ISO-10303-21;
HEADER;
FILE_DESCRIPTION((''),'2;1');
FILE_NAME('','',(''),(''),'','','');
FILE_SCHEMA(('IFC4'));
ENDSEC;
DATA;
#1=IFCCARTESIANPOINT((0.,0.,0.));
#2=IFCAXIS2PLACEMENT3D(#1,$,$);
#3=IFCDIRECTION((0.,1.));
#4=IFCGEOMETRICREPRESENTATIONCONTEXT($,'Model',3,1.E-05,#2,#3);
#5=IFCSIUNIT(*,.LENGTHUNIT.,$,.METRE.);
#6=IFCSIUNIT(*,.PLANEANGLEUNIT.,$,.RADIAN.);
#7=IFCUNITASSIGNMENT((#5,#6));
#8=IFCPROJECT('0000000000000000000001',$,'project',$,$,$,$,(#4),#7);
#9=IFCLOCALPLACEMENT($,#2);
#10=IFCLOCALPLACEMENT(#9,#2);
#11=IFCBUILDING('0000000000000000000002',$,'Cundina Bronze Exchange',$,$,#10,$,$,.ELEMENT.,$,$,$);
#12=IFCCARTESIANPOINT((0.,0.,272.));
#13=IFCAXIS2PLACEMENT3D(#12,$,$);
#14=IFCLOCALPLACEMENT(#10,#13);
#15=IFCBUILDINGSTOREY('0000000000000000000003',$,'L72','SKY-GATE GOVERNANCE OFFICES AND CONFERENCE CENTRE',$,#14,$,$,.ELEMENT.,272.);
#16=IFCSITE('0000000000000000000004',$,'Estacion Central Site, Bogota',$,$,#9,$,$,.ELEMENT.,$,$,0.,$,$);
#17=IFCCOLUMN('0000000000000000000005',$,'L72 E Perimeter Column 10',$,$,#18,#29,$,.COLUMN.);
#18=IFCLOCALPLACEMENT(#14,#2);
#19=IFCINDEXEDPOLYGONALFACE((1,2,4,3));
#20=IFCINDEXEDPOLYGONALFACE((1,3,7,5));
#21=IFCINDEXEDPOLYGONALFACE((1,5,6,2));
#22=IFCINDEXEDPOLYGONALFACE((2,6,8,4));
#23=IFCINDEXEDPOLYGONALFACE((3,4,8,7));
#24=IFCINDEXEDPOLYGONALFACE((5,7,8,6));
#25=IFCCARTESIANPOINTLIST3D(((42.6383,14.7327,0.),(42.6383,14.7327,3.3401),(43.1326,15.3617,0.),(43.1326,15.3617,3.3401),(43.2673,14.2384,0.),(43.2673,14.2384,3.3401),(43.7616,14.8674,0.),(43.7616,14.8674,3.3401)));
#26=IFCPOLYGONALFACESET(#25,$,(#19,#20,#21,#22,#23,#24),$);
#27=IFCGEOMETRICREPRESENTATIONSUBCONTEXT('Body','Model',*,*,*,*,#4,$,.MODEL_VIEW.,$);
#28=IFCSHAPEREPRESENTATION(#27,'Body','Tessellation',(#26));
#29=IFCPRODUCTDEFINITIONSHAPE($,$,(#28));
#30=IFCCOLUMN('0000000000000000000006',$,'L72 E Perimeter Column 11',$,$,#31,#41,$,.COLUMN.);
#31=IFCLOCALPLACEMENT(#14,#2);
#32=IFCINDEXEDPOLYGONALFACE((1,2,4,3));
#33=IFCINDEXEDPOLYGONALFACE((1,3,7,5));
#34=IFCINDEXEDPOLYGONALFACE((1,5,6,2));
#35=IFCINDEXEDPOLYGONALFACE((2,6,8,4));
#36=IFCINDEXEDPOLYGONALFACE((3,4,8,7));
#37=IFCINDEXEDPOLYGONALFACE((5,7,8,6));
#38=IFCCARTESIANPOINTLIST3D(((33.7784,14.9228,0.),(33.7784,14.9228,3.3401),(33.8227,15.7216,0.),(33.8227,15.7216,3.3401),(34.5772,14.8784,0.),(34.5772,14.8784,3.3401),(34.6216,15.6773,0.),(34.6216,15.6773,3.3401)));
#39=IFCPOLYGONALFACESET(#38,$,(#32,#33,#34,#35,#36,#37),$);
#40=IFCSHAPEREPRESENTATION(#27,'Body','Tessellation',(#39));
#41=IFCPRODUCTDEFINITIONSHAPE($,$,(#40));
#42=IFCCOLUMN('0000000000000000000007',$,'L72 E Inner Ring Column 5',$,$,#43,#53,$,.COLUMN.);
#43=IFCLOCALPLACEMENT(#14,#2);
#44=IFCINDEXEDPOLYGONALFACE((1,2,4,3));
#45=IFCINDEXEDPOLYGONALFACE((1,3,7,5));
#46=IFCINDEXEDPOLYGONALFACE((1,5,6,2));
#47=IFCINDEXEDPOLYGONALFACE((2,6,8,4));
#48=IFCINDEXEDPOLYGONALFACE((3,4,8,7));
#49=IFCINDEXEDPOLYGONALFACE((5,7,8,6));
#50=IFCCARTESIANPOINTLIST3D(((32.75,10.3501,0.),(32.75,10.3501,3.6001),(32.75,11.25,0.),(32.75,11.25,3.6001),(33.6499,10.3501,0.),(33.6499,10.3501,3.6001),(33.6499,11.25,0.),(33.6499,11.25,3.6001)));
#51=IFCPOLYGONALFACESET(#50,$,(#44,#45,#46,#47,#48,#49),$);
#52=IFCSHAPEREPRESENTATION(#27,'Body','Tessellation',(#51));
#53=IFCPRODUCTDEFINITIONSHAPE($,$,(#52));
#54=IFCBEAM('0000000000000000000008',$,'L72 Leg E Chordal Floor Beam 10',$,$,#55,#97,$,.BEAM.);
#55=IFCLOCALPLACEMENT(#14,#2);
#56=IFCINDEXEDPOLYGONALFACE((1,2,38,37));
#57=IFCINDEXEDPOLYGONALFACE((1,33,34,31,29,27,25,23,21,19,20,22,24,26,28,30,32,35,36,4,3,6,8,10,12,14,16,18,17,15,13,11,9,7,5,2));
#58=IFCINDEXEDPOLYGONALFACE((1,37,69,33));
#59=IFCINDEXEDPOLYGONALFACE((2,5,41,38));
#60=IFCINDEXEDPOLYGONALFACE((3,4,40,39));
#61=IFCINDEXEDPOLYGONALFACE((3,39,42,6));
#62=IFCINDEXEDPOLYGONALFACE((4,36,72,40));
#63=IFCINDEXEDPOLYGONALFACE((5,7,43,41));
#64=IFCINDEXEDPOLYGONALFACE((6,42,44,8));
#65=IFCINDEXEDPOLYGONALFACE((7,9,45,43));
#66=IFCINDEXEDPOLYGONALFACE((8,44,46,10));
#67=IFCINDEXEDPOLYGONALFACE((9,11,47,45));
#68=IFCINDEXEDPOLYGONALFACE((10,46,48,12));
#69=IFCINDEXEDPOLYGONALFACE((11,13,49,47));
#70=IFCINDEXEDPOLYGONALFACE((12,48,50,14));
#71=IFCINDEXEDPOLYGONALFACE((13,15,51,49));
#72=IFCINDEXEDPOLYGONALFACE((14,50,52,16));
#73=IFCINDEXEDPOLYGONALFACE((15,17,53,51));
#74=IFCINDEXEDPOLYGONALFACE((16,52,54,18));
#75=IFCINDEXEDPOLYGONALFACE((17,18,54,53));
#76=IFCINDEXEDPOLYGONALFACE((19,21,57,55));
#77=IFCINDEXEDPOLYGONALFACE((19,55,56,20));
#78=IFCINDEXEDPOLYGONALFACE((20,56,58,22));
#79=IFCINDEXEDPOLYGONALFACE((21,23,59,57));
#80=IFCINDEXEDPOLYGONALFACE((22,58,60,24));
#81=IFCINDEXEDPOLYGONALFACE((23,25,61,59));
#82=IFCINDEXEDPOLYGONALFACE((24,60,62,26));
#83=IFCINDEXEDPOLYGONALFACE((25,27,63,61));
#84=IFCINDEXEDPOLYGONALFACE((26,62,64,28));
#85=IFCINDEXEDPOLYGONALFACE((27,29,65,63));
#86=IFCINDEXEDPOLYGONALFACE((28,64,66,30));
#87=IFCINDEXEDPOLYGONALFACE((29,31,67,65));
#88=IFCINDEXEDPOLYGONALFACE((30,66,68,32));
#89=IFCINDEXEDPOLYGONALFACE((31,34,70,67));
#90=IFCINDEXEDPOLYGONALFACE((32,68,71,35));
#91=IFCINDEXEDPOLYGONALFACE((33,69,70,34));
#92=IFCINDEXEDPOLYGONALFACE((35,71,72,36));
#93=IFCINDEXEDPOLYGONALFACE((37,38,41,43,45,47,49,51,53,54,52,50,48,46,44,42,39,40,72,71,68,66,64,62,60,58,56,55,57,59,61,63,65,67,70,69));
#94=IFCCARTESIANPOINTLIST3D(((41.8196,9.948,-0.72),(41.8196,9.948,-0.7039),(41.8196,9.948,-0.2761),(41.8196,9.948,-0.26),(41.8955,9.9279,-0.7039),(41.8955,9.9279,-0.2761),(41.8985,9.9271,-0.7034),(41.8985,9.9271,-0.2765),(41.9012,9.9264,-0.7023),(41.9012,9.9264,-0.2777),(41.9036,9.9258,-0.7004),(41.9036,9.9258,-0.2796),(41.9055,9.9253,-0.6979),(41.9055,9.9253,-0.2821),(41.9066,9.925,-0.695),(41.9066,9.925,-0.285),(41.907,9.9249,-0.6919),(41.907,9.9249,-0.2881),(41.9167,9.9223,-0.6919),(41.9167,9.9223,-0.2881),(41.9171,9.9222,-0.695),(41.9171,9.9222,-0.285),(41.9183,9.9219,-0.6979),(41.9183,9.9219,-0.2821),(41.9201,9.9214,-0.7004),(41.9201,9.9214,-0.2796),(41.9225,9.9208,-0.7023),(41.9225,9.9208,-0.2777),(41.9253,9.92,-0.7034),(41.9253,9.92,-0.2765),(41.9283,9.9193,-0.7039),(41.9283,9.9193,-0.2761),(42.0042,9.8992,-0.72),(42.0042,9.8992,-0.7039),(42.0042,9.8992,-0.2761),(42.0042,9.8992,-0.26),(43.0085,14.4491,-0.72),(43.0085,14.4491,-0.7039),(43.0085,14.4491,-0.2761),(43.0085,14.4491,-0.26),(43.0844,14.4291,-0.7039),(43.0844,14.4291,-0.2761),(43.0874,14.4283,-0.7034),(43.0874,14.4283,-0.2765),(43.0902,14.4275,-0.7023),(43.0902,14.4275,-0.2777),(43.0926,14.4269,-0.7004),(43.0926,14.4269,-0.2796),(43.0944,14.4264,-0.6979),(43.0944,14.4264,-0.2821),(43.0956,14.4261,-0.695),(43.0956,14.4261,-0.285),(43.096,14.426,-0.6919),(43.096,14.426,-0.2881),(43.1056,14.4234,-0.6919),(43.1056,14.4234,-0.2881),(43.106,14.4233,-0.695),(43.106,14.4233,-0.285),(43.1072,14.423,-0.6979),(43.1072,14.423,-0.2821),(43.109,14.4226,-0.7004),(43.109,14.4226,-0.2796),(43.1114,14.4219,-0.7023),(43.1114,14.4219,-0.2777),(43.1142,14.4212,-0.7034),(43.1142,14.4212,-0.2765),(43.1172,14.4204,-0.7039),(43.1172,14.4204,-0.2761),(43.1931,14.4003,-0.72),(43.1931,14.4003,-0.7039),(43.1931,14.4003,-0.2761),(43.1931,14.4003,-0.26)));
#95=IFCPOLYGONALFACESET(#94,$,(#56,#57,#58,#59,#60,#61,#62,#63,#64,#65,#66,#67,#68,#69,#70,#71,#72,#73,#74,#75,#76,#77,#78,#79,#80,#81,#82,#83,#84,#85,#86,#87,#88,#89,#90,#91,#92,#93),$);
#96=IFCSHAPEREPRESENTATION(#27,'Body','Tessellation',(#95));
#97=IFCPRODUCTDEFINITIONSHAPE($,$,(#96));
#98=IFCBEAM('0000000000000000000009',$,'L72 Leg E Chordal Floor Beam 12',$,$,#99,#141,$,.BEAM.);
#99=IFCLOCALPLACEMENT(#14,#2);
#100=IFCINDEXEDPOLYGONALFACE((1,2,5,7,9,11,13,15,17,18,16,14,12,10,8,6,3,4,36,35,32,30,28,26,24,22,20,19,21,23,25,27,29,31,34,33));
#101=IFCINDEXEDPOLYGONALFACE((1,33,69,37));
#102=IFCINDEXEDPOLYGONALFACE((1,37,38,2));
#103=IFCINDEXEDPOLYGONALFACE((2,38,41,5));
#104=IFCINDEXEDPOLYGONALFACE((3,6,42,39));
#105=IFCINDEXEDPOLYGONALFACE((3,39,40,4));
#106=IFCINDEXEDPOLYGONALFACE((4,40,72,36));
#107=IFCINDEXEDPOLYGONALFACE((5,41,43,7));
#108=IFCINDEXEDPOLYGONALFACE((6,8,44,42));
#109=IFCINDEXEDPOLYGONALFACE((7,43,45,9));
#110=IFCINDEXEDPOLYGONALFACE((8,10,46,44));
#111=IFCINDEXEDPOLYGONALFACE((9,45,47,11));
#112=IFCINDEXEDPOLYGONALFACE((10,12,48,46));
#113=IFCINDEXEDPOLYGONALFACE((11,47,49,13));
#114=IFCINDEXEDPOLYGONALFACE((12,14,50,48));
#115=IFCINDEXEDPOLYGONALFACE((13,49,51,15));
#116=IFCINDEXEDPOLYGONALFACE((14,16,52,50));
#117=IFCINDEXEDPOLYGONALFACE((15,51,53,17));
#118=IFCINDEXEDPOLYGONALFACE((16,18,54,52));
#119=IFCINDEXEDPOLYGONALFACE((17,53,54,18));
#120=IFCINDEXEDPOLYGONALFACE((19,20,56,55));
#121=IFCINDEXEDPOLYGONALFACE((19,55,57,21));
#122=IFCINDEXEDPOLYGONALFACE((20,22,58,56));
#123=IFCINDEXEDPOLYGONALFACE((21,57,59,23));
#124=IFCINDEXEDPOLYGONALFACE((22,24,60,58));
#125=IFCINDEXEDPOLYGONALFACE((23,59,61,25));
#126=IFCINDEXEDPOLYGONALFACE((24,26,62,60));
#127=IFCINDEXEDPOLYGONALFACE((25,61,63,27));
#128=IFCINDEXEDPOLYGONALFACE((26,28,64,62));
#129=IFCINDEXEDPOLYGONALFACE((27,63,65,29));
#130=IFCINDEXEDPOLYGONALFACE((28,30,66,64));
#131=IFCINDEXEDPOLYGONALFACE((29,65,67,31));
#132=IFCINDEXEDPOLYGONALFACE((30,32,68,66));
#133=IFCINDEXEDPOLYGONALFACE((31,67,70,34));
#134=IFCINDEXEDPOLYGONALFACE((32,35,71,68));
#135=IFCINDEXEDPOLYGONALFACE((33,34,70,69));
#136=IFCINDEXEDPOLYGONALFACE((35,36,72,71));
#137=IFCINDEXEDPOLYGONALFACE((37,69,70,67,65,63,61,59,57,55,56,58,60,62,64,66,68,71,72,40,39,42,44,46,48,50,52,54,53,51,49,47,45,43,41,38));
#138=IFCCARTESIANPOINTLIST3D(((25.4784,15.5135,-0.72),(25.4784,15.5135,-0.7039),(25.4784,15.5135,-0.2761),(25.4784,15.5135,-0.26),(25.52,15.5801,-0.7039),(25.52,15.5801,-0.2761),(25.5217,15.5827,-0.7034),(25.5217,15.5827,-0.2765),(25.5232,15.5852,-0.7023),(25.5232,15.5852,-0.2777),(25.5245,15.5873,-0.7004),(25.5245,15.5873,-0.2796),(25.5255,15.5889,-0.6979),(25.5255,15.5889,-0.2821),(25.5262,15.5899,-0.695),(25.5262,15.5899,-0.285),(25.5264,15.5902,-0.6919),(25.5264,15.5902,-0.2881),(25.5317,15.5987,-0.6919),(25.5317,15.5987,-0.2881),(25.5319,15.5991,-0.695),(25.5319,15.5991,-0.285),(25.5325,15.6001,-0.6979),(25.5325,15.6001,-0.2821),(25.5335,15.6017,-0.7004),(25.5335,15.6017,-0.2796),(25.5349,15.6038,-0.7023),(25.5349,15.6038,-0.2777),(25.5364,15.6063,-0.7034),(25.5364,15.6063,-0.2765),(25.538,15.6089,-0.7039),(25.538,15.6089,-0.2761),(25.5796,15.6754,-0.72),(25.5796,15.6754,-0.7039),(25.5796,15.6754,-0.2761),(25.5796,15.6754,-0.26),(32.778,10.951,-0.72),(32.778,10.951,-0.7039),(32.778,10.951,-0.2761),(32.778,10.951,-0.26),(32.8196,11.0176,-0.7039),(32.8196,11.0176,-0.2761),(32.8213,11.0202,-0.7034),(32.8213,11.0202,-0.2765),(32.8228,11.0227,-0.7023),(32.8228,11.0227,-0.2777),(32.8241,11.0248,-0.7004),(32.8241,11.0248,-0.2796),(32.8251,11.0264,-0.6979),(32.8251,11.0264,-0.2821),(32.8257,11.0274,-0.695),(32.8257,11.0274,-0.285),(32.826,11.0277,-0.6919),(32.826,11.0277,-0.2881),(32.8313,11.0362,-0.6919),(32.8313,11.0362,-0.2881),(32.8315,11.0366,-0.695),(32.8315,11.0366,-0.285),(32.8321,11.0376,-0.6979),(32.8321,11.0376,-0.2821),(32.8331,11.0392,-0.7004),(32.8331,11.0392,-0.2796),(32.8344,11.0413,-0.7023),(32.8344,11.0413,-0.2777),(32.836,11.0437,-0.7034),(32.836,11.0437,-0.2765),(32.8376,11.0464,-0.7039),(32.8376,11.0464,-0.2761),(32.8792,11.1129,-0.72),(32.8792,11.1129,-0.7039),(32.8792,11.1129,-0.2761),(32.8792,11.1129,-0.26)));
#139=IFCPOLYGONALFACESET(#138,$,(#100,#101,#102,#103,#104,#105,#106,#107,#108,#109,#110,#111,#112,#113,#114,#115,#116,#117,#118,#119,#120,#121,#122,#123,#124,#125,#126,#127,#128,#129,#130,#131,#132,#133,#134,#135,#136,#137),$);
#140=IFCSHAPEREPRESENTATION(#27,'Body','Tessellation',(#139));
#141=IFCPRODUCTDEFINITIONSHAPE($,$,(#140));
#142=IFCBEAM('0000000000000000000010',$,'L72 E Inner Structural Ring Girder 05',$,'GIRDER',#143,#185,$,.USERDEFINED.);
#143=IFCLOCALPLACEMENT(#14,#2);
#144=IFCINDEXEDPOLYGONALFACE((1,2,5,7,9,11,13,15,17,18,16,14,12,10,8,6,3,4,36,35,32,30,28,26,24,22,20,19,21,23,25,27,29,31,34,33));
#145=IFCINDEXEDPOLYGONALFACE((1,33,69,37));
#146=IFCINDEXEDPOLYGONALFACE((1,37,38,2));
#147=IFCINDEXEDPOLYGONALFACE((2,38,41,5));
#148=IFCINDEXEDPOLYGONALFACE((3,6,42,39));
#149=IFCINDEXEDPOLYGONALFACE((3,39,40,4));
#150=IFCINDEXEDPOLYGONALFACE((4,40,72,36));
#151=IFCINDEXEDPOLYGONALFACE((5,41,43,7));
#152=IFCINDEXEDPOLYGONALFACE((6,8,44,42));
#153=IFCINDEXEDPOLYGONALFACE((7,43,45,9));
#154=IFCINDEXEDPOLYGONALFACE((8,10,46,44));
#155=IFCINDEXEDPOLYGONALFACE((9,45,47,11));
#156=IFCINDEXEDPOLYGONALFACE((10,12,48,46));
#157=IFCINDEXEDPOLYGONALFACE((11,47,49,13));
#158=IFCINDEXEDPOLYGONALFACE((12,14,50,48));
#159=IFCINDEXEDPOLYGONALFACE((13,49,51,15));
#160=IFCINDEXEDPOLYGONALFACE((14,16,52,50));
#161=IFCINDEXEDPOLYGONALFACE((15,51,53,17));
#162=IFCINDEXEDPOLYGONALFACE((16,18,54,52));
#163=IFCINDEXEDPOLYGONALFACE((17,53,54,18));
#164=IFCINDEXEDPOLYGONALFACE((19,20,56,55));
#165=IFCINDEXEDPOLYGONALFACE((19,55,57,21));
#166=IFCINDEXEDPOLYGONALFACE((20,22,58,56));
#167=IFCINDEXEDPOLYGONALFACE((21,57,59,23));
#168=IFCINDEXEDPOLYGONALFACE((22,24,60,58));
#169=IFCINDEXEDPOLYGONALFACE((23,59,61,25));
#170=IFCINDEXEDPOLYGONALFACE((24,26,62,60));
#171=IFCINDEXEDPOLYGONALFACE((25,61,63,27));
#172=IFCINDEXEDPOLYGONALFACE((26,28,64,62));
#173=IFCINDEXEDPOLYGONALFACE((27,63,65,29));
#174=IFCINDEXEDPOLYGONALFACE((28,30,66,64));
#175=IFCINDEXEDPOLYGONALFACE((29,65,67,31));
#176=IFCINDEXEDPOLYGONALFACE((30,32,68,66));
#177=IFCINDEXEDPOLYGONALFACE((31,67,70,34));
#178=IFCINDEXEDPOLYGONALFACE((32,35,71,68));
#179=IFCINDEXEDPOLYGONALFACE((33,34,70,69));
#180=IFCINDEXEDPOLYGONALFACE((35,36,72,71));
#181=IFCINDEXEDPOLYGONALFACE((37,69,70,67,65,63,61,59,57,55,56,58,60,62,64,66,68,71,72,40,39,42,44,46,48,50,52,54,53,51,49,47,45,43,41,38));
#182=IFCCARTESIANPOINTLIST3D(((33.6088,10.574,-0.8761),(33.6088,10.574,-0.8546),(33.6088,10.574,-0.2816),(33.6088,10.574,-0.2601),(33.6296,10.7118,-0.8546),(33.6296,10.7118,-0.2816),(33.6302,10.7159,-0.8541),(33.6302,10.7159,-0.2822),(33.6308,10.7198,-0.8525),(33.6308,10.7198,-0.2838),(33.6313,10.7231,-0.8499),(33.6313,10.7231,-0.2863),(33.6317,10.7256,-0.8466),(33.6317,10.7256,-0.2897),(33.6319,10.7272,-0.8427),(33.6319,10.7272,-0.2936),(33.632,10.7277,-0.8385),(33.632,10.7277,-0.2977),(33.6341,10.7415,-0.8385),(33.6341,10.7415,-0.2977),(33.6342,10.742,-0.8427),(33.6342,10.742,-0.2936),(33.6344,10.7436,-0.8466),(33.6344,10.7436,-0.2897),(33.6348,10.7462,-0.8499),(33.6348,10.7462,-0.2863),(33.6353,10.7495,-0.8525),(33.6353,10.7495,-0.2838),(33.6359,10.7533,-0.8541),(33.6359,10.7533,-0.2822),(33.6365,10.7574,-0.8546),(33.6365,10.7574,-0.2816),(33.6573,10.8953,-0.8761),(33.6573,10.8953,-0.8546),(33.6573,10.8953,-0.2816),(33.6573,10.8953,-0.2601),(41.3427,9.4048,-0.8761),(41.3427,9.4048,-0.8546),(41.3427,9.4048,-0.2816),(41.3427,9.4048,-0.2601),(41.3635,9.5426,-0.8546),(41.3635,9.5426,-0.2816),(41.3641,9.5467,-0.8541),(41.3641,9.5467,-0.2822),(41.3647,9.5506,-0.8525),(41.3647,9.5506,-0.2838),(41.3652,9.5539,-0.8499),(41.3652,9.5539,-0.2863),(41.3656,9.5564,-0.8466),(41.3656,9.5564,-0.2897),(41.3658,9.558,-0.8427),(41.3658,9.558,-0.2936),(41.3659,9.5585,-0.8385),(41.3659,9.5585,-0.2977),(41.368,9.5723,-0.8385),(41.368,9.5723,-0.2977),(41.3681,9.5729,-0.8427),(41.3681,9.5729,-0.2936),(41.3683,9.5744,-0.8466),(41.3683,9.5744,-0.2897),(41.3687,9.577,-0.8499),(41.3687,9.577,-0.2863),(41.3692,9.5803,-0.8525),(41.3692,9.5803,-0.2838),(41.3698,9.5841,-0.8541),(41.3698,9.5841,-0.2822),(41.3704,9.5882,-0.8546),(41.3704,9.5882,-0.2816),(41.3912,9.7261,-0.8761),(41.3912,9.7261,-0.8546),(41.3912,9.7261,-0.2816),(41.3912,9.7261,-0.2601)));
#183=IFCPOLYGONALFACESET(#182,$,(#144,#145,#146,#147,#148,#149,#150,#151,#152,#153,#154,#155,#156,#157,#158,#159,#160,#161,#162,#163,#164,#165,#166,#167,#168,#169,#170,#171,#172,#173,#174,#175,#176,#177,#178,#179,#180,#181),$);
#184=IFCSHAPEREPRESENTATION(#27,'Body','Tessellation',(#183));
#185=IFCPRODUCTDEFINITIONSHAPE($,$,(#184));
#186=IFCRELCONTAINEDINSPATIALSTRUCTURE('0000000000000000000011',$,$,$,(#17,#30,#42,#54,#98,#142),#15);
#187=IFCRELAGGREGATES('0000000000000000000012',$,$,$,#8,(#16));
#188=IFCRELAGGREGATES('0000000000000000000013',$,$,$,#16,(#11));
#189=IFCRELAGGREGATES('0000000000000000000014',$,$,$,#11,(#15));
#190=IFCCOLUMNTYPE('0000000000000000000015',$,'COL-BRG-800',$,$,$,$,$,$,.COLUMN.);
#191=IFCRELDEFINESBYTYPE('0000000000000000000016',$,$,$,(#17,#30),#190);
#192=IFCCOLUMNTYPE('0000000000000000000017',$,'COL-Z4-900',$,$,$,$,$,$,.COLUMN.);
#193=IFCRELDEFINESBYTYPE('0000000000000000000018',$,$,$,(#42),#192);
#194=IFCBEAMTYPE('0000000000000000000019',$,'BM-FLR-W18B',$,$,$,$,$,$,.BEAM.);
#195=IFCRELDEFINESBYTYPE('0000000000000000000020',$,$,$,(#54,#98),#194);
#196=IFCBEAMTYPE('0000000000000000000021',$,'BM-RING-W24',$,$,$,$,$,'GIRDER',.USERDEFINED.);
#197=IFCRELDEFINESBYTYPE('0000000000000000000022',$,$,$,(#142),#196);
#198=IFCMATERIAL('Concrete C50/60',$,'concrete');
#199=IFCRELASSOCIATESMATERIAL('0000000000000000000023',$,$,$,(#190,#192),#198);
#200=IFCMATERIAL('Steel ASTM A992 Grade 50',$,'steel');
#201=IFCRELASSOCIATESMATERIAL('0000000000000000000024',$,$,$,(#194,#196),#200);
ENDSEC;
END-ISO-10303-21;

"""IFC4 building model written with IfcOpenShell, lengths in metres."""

from ifc_helpers import new_model, si_unit, direction, frame, origin, origin_2d, place, context, subcontext, project, spatial, rectangle, i_section, extrude, material, material_profile, profile_set, type_object, element, save


model = new_model("IFC4")

# Units and contexts
model_context = context("Model", 3, precision=1e-05, world=origin(), true_north=direction((0.0, 1.0)))
body_context = subcontext(model_context, "Body", "Model", "MODEL_VIEW")
ifc_project = project(units=[si_unit("LENGTHUNIT", "METRE"), si_unit("PLANEANGLEUNIT", "RADIAN")], contexts=[model_context])

# Site, building, storey
site_placement = place(None, origin())
site = spatial("IfcSite", under=ifc_project, at=site_placement, Name="Estacion Central Site, Bogota", CompositionType="ELEMENT", RefElevation=0.0)
building_placement = place(site_placement, origin())
building = spatial("IfcBuilding", under=site, at=building_placement, Name="Cundina Bronze Exchange", CompositionType="ELEMENT")
storey_placement = place(building_placement, frame((0.0, 0.0, 272.0)))
storey = spatial("IfcBuildingStorey", under=building, at=storey_placement, Name="L72", Description="SKY-GATE GOVERNANCE OFFICES AND CONFERENCE CENTRE", CompositionType="ELEMENT", Elevation=272.0)

# Columns
ifc_material_1 = material(Name="Concrete C50/60", Category="concrete")
ifc_material_profile_1 = material_profile(ifc_material_1, rectangle(XDim=0.8, YDim=0.8, at=origin_2d()), Name="RC800X800", Category="concrete")
ifc_profile_set_1 = profile_set([ifc_material_profile_1], Name="Concrete C50/60")
column_type_1 = type_object("IfcColumnType", Name="COL-BRG-800", PredefinedType="COLUMN", material=ifc_profile_set_1)
for number, where, z_axis, x_axis, name in (
    (1, (43.2, 14.8, 0.0), (0.0, 0.0, 1.0), (-0.786288, 0.61786, 0.0), "L72 E Perimeter Column 10"),
    (2, (34.2, 15.3, 0.0), (0.0, 0.0, 1.0), (-0.99846, 0.055473, 0.0), "L72 E Perimeter Column 11"),
):
    element("IfcColumn", number, at=place(storey_placement, frame(where, z_axis=z_axis, x_axis=x_axis)), inside=storey, type_object=column_type_1, Name=name, PredefinedType="COLUMN", context=body_context, shape_type="SweptSolid", body=[
        extrude(rectangle(XDim=0.8, YDim=0.8, at=origin_2d()), origin(), (0.0, 0.0, 1.0), 3.3401),
    ])
ifc_material_profile_2 = material_profile(ifc_material_1, rectangle(XDim=0.8999, YDim=0.8999, at=origin_2d()), Name="RC900X900", Category="concrete")
ifc_profile_set_2 = profile_set([ifc_material_profile_2], Name="Concrete C50/60")
column_type_2 = type_object("IfcColumnType", Name="COL-Z4-900", PredefinedType="COLUMN", material=ifc_profile_set_2)
column_placement = place(storey_placement, frame((33.2, 10.8, 0.0), z_axis=(0.0, 0.0, 1.0), x_axis=(1.0, 0.0, 0.0)))
element("IfcColumn", 3, at=column_placement, inside=storey, type_object=column_type_2, Name="L72 E Inner Ring Column 5", PredefinedType="COLUMN", context=body_context, shape_type="SweptSolid", body=[
    extrude(rectangle(XDim=0.8999, YDim=0.8999, at=origin_2d()), origin(), (0.0, 0.0, 1.0), 3.6001),
])

# Beams
ifc_material_2 = material(Name="Steel ASTM A992 Grade 50", Category="steel")
ifc_material_profile_3 = material_profile(ifc_material_2, i_section(OverallWidth=0.1909, OverallDepth=0.46, WebThickness=0.01, FlangeThickness=0.0161, FilletRadius=0.012, at=origin_2d()), Name="W18X55", Category="steel")
ifc_profile_set_3 = profile_set([ifc_material_profile_3], Name="Steel ASTM A992 Grade 50")
beam_type_1 = type_object("IfcBeamType", Name="BM-FLR-W18B", PredefinedType="BEAM", material=ifc_profile_set_3)
beam_1_placement = place(storey_placement, frame((41.9119, 9.9236, -0.49), z_axis=(0.255384, 0.96684, 0.0), x_axis=(-0.96684, 0.255384, 0.0)))
element("IfcBeam", 4, at=beam_1_placement, inside=storey, type_object=beam_type_1, Name="L72 Leg E Chordal Floor Beam 10", PredefinedType="BEAM", context=body_context, shape_type="SweptSolid", body=[
    extrude(i_section(OverallWidth=0.1909, OverallDepth=0.46, WebThickness=0.01, FlangeThickness=0.0161, FilletRadius=0.012, at=origin_2d()), origin(), (0.0, 0.0, 1.0), 4.6555),
])
beam_2_placement = place(storey_placement, frame((32.8286, 11.032, -0.49), z_axis=(-0.847984, 0.530022, 0.0), x_axis=(-0.530022, -0.847984, 0.0)))
element("IfcBeam", 5, at=beam_2_placement, inside=storey, type_object=beam_type_1, Name="L72 Leg E Chordal Floor Beam 12", PredefinedType="BEAM", context=body_context, shape_type="SweptSolid", body=[
    extrude(i_section(OverallWidth=0.1909, OverallDepth=0.46, WebThickness=0.01, FlangeThickness=0.0161, FilletRadius=0.012, at=origin_2d()), origin(), (0.0, 0.0, 1.0), 8.6082),
])
ifc_material_profile_4 = material_profile(ifc_material_2, i_section(OverallWidth=0.325, OverallDepth=0.616, WebThickness=0.0139, FlangeThickness=0.0215, FilletRadius=0.0161, at=origin_2d()), Name="W24X117", Category="steel")
ifc_profile_set_4 = profile_set([ifc_material_profile_4], Name="Steel ASTM A992 Grade 50")
beam_type_2 = type_object("IfcBeamType", Name="BM-RING-W24", ElementType="GIRDER", PredefinedType="USERDEFINED", material=ifc_profile_set_4)
beam_3_placement = place(storey_placement, frame((41.3669, 9.5654, -0.5681), z_axis=(-0.988765, 0.149479, 0.0), x_axis=(-0.149479, -0.988765, 0.0)))
element("IfcBeam", 6, at=beam_3_placement, inside=storey, type_object=beam_type_2, Name="L72 E Inner Structural Ring Girder 05", ObjectType="GIRDER", PredefinedType="USERDEFINED", context=body_context, shape_type="SweptSolid", body=[
    extrude(i_section(OverallWidth=0.325, OverallDepth=0.616, WebThickness=0.0139, FlangeThickness=0.0215, FilletRadius=0.0161, at=origin_2d()), origin(), (0.0, 0.0, 1.0), 7.8218),
])

save(model, "model.ifc")
